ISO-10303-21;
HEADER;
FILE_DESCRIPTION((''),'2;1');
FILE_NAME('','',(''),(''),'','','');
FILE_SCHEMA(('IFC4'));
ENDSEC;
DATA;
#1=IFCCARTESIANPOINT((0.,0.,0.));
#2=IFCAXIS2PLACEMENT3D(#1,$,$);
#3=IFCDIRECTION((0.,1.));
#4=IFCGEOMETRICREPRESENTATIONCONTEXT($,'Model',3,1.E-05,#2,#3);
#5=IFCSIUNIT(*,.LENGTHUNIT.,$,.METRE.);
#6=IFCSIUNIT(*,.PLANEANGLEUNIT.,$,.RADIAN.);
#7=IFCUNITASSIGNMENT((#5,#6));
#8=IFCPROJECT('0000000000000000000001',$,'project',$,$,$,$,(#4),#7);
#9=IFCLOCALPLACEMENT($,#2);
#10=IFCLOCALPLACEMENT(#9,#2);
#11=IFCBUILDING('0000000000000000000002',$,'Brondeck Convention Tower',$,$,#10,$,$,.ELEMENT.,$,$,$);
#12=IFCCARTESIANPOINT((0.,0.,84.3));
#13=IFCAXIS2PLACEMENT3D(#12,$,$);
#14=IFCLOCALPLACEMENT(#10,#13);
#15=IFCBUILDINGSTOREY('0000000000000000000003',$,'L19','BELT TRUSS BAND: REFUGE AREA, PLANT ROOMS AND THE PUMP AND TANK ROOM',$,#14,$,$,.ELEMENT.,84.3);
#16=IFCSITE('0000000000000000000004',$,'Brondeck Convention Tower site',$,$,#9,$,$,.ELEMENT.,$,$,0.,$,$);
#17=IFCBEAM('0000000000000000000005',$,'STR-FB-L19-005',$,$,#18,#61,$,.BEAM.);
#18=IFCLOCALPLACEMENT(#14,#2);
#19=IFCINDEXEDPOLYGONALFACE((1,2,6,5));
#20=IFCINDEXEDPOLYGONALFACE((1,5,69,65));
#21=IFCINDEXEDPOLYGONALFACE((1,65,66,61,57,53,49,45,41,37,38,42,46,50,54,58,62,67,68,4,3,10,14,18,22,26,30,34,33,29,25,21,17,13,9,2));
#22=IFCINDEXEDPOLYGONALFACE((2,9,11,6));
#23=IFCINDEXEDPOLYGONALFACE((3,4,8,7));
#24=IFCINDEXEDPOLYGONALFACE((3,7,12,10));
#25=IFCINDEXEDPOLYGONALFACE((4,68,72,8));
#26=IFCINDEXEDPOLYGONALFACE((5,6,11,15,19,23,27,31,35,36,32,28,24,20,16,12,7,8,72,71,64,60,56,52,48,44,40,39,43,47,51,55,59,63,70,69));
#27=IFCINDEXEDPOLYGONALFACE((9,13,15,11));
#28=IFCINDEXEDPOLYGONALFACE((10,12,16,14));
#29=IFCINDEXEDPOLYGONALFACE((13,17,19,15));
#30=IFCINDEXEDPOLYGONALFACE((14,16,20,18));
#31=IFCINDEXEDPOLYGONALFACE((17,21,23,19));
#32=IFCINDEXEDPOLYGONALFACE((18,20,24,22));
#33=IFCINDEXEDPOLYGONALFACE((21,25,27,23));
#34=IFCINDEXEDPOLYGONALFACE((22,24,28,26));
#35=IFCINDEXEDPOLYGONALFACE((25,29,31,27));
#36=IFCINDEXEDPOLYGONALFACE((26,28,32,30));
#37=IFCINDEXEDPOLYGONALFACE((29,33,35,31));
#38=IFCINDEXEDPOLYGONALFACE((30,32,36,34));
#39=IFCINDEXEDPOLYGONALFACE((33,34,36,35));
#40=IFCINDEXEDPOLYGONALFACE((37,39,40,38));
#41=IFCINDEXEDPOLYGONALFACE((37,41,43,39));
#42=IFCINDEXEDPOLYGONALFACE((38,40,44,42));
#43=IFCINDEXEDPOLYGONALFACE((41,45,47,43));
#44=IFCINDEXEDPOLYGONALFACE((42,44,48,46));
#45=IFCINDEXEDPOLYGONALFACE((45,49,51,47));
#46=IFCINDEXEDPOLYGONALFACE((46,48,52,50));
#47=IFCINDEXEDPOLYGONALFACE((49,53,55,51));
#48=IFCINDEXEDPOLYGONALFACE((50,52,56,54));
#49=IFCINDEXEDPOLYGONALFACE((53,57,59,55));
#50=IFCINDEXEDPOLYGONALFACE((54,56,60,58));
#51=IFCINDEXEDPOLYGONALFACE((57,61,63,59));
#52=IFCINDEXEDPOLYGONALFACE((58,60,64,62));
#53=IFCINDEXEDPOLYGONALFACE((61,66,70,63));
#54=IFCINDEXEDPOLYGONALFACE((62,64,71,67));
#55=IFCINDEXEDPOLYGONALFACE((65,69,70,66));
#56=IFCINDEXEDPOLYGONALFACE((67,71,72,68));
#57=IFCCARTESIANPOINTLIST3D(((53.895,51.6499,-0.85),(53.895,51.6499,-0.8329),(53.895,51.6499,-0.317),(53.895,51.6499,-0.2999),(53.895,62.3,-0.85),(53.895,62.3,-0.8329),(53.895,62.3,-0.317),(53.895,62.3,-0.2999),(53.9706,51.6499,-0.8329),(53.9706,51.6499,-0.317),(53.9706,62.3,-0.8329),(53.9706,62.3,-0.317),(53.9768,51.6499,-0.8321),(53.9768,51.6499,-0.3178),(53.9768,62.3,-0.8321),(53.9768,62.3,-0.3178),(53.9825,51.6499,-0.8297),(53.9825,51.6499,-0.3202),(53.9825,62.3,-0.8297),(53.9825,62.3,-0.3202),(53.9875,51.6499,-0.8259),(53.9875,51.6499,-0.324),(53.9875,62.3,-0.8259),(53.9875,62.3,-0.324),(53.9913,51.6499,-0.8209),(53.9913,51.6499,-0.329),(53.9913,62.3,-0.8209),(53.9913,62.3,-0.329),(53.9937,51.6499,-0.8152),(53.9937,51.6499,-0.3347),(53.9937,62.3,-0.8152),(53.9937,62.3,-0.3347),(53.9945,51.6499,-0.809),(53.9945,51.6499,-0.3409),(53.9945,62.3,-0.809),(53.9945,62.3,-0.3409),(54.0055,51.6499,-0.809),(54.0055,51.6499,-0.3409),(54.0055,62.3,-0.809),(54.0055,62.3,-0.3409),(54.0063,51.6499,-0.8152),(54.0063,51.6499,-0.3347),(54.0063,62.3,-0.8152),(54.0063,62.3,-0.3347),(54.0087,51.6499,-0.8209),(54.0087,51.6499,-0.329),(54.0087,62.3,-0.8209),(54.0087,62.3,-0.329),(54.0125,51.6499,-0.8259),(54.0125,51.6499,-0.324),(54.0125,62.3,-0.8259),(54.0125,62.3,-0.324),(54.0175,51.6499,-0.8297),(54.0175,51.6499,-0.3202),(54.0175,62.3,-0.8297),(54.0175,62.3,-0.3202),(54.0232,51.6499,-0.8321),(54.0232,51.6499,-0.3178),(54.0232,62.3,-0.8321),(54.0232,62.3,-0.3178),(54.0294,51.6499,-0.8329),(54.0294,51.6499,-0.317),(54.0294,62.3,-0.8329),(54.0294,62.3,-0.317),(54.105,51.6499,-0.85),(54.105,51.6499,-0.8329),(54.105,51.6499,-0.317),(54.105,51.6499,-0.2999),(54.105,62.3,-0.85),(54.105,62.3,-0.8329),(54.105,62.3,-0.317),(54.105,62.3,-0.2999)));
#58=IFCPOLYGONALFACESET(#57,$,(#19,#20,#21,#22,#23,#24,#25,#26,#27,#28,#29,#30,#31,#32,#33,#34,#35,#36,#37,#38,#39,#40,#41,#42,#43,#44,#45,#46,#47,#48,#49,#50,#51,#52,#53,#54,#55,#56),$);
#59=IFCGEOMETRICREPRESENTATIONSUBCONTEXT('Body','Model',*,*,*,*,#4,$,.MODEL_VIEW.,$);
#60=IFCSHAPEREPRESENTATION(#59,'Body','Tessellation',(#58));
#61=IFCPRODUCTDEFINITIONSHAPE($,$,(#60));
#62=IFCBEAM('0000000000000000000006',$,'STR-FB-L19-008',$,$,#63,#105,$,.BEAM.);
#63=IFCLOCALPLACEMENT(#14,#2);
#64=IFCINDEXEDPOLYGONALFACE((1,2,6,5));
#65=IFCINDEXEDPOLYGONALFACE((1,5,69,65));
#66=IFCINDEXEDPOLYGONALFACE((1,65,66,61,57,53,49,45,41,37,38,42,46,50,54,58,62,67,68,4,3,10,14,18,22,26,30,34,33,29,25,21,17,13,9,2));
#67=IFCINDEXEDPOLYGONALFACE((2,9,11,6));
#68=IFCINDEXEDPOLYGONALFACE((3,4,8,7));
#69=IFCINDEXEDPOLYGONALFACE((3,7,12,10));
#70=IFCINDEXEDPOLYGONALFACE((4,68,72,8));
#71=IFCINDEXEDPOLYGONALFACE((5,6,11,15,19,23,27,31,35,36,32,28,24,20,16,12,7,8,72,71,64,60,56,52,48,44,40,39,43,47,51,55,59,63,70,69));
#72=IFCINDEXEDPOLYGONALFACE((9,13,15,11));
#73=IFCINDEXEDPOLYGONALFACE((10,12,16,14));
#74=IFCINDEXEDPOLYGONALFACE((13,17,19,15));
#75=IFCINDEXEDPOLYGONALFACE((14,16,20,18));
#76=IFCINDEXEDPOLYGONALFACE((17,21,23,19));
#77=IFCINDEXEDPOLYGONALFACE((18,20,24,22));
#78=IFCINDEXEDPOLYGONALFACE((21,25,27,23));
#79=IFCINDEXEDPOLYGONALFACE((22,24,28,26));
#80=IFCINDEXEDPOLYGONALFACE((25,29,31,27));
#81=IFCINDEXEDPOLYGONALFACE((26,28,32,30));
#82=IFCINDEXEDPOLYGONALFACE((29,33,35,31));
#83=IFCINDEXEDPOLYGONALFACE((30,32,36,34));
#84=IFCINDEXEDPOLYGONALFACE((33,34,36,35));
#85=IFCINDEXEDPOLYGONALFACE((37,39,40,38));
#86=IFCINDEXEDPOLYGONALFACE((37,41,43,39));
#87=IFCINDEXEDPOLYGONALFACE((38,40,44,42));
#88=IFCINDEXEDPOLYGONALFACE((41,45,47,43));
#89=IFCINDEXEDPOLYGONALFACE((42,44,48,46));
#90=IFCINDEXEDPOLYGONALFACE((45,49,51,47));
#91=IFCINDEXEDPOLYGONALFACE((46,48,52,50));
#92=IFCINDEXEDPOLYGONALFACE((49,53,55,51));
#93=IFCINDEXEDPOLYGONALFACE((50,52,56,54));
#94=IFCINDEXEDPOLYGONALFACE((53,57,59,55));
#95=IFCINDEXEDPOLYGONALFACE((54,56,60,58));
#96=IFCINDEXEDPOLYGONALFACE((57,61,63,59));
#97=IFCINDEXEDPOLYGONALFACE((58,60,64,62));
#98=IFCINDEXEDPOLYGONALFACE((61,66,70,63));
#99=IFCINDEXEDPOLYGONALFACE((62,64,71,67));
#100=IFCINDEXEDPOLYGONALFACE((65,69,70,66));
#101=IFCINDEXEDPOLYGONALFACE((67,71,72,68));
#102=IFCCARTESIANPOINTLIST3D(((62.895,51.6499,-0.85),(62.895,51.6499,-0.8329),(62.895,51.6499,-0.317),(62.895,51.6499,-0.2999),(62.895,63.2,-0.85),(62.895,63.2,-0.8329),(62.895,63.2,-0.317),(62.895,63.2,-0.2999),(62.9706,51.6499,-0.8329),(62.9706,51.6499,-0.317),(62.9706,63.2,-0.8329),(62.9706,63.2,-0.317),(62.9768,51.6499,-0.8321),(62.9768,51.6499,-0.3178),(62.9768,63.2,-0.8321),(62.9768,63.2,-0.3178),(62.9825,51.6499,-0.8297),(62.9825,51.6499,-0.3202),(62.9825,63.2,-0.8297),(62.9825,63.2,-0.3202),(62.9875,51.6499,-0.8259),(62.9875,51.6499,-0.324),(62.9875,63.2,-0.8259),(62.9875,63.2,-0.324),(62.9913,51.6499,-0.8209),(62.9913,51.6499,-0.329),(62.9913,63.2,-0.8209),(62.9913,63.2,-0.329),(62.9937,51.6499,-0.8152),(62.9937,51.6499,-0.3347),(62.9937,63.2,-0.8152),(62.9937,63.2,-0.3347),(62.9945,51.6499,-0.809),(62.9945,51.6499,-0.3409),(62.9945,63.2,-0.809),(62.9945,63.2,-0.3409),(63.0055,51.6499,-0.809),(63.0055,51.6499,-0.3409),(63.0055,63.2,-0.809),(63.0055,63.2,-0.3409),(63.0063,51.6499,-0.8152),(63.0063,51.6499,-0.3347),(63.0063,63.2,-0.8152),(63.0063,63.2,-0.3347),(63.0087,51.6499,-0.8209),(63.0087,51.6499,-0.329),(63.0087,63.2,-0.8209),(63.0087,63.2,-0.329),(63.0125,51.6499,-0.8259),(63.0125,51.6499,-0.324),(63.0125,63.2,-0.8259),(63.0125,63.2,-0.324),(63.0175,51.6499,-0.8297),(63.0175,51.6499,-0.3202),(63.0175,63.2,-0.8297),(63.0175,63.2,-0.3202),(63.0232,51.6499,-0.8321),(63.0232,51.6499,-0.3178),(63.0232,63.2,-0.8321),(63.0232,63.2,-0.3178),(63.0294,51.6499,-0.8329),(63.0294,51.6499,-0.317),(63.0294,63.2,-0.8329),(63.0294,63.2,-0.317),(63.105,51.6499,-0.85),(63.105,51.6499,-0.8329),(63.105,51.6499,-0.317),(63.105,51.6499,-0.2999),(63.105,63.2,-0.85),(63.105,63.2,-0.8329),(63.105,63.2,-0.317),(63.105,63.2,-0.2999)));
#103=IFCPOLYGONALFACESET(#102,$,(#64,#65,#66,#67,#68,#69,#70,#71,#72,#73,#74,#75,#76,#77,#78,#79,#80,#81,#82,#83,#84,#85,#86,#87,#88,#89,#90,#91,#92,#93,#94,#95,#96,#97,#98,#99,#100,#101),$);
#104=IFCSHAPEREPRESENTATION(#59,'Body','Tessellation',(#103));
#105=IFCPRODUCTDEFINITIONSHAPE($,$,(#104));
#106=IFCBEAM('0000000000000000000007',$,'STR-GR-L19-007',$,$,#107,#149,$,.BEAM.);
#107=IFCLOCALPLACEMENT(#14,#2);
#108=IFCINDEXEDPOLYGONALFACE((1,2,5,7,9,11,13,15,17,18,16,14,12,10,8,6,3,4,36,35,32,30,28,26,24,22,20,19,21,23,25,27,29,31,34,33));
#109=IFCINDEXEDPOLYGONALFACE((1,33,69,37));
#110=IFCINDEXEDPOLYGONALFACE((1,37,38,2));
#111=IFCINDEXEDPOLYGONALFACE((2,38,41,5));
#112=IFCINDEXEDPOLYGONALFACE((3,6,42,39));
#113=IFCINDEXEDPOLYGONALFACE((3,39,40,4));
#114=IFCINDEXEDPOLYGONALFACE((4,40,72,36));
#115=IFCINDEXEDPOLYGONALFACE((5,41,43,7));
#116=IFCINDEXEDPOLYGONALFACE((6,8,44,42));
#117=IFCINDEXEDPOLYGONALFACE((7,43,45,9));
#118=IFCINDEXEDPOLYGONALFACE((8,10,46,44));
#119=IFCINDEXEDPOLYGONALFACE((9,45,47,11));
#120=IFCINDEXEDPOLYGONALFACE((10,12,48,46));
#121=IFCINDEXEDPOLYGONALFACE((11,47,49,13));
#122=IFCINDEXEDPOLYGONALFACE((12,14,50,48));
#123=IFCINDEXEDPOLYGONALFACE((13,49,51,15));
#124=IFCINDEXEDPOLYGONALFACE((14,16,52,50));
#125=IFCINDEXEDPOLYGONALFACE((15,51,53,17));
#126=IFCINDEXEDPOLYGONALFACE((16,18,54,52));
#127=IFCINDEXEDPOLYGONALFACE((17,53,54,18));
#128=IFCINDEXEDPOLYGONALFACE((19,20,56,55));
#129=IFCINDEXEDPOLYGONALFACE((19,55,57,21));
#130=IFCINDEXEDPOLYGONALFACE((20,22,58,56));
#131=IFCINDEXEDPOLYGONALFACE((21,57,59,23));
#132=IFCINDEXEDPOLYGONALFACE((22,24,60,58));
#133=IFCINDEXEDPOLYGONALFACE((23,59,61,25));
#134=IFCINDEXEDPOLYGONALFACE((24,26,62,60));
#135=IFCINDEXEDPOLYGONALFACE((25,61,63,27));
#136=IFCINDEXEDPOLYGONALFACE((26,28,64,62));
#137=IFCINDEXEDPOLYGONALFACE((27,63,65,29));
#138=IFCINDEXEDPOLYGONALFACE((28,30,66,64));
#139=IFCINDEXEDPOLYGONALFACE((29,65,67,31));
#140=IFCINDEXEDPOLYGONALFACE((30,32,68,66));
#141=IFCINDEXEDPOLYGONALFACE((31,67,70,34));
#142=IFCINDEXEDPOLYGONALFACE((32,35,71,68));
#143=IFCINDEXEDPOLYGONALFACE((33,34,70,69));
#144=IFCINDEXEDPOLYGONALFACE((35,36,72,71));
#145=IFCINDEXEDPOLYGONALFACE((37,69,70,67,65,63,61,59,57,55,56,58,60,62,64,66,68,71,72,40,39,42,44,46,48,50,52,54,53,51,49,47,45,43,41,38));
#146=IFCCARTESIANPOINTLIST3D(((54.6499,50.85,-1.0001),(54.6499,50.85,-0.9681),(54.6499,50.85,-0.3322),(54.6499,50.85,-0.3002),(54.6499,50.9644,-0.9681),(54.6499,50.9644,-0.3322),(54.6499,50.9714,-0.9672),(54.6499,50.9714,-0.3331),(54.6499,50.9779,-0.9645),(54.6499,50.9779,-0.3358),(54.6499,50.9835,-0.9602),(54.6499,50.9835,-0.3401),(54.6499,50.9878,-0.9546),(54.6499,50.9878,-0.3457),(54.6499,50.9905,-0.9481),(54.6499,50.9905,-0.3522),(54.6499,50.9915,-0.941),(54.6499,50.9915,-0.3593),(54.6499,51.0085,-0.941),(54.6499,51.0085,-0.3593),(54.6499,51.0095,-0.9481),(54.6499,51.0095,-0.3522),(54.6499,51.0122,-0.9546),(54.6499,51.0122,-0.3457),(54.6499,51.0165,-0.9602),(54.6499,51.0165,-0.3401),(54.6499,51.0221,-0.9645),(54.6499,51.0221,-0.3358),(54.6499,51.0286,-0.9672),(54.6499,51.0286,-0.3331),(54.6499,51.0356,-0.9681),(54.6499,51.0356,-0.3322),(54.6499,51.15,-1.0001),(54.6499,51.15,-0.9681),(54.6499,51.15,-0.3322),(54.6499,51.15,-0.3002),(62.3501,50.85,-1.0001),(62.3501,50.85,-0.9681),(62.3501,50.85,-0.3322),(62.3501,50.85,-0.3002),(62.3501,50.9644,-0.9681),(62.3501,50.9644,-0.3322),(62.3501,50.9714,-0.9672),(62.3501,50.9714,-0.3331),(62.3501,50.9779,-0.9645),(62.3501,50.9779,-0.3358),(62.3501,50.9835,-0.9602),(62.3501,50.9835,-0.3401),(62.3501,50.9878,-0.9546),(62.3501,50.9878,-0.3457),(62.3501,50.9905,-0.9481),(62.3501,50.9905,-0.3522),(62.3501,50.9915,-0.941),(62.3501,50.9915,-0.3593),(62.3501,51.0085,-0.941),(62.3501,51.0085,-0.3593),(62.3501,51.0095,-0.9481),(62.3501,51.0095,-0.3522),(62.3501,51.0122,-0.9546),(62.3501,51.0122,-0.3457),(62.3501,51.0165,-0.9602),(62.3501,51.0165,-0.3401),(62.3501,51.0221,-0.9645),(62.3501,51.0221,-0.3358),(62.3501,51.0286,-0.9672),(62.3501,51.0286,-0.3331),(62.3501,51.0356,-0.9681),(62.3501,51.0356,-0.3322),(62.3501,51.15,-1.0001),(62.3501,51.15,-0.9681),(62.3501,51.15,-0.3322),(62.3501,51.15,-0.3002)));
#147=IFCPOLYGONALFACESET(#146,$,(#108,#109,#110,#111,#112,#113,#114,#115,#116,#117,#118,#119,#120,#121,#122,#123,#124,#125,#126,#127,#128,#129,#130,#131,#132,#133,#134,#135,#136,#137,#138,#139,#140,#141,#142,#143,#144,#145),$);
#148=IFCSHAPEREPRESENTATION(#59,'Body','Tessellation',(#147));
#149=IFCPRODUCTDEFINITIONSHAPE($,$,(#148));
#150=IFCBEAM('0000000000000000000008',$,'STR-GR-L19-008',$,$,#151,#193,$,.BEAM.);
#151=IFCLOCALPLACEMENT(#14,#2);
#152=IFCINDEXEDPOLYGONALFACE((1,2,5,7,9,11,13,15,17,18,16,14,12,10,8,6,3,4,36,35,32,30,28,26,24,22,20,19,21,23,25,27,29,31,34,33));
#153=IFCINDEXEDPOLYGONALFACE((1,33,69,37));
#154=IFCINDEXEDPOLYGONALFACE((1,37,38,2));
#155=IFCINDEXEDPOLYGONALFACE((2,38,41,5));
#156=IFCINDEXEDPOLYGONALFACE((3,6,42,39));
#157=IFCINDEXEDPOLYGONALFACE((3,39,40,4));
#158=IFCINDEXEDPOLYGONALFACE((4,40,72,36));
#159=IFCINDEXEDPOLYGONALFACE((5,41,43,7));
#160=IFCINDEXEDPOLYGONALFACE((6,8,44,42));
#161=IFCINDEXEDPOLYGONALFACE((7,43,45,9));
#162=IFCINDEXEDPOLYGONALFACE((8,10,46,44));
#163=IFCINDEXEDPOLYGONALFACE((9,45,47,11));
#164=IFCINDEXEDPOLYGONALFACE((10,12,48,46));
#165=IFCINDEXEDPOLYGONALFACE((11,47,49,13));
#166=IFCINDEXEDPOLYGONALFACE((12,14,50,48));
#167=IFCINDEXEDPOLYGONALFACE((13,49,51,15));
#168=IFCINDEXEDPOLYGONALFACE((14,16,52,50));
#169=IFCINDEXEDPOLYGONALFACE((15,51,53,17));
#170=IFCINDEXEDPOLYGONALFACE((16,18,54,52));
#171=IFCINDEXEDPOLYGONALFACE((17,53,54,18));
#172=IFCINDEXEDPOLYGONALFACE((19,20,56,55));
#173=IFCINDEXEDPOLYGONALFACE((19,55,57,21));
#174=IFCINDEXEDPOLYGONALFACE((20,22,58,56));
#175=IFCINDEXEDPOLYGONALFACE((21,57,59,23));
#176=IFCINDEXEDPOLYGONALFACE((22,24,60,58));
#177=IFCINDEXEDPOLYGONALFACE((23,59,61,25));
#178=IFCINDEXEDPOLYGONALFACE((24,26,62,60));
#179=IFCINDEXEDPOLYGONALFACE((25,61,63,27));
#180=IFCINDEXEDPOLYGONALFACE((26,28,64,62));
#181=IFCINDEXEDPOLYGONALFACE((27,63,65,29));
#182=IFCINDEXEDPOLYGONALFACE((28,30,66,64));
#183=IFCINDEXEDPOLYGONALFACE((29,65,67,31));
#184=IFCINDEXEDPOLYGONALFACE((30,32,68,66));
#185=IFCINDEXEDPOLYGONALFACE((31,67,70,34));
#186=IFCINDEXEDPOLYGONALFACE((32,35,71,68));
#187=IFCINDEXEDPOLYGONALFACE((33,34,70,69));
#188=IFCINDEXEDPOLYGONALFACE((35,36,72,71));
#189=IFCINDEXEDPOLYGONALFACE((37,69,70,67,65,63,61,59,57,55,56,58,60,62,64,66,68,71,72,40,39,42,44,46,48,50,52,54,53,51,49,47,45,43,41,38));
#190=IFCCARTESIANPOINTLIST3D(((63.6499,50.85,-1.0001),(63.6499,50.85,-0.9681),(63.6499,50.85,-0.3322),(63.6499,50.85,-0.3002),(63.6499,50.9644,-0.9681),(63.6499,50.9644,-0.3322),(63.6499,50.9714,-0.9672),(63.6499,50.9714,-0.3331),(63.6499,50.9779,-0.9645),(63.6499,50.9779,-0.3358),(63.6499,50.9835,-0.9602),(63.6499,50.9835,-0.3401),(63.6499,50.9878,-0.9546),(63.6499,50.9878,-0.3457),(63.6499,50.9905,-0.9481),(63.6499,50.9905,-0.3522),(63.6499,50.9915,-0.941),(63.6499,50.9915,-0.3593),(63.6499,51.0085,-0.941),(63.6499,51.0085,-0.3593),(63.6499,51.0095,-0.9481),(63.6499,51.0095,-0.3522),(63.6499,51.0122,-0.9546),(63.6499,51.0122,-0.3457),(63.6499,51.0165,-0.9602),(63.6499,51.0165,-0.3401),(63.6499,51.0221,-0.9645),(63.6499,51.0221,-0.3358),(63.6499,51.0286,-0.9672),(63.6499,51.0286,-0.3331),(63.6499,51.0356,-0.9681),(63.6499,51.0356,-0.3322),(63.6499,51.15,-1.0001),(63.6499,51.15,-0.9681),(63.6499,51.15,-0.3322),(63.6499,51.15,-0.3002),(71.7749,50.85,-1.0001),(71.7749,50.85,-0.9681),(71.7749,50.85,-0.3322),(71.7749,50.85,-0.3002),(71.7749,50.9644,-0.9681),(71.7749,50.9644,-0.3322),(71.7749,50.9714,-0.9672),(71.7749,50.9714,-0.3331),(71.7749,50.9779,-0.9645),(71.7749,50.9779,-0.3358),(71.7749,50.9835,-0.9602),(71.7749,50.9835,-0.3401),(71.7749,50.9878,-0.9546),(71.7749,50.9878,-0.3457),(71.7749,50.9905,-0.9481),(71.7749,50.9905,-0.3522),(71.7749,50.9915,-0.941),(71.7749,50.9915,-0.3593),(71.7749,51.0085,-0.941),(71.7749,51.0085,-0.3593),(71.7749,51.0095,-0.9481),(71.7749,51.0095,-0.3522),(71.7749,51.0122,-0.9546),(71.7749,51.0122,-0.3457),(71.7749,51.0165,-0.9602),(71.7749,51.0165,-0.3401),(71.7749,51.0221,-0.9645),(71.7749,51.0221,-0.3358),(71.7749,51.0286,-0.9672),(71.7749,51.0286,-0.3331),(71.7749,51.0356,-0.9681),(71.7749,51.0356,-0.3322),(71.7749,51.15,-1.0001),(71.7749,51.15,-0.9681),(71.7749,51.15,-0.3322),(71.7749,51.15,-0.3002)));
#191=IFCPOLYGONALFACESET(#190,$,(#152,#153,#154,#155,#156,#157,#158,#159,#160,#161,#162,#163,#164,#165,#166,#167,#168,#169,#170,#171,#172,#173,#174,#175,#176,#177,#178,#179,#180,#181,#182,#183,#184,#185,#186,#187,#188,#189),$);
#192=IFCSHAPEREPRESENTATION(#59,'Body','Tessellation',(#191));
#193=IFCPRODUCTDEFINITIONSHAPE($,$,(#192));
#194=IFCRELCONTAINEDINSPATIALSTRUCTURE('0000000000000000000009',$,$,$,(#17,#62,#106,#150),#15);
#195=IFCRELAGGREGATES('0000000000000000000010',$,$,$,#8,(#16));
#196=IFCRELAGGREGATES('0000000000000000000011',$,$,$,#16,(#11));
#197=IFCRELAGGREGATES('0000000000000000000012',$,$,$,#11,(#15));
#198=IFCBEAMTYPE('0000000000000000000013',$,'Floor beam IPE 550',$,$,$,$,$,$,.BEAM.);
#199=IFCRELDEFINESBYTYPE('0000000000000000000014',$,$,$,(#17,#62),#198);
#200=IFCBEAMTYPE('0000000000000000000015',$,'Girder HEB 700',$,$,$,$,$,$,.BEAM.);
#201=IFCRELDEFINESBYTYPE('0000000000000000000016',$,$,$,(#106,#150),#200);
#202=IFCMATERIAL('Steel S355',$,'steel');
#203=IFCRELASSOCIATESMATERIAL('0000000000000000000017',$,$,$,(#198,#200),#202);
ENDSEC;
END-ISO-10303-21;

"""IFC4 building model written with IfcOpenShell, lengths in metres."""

from ifc_helpers import new_model, si_unit, direction, frame, origin, origin_2d, place, context, subcontext, project, spatial, i_section, extrude, material, material_profile, profile_set, type_object, element, save


model = new_model("IFC4")

# Units and contexts
model_context = context("Model", 3, precision=1e-05, world=origin(), true_north=direction((0.0, 1.0)))
body_context = subcontext(model_context, "Body", "Model", "MODEL_VIEW")
ifc_project = project(units=[si_unit("LENGTHUNIT", "METRE"), si_unit("PLANEANGLEUNIT", "RADIAN")], contexts=[model_context])

# Site, building, storey
site_placement = place(None, origin())
site = spatial("IfcSite", under=ifc_project, at=site_placement, Name="Brondeck Convention Tower site", CompositionType="ELEMENT", RefElevation=0.0)
building_placement = place(site_placement, origin())
building = spatial("IfcBuilding", under=site, at=building_placement, Name="Brondeck Convention Tower", CompositionType="ELEMENT")
storey_placement = place(building_placement, frame((0.0, 0.0, 84.3)))
storey = spatial("IfcBuildingStorey", under=building, at=storey_placement, Name="L19", Description="BELT TRUSS BAND: REFUGE AREA, PLANT ROOMS AND THE PUMP AND TANK ROOM", CompositionType="ELEMENT", Elevation=84.3)

# Beams
ifc_material_1 = material(Name="Steel S355", Category="steel")
ifc_material_profile_1 = material_profile(ifc_material_1, i_section(OverallWidth=0.21, OverallDepth=0.55, WebThickness=0.011, FlangeThickness=0.0171, FilletRadius=0.0239, at=origin_2d()), Name="IPE 550")
ifc_profile_set_1 = profile_set([ifc_material_profile_1], Name="Steel S355")
beam_type_1 = type_object("IfcBeamType", Name="Floor beam IPE 550", PredefinedType="BEAM", material=ifc_profile_set_1)
beam_1_placement = place(storey_placement, frame((54.0, 51.6499, -0.575), z_axis=(0.0, 1.0, 0.0), x_axis=(-1.0, 0.0, 0.0)))
element("IfcBeam", 1, at=beam_1_placement, inside=storey, type_object=beam_type_1, Name="STR-FB-L19-005", PredefinedType="BEAM", context=body_context, shape_type="SweptSolid", body=[
    extrude(i_section(OverallWidth=0.21, OverallDepth=0.55, WebThickness=0.011, FlangeThickness=0.0171, FilletRadius=0.0239, at=origin_2d()), origin(), (0.0, 0.0, 1.0), 10.6501),
])
beam_2_placement = place(storey_placement, frame((63.0, 51.6499, -0.575), z_axis=(0.0, 1.0, 0.0), x_axis=(-1.0, 0.0, 0.0)))
element("IfcBeam", 2, at=beam_2_placement, inside=storey, type_object=beam_type_1, Name="STR-FB-L19-008", PredefinedType="BEAM", context=body_context, shape_type="SweptSolid", body=[
    extrude(i_section(OverallWidth=0.21, OverallDepth=0.55, WebThickness=0.011, FlangeThickness=0.0171, FilletRadius=0.0239, at=origin_2d()), origin(), (0.0, 0.0, 1.0), 11.55),
])
ifc_material_profile_2 = material_profile(ifc_material_1, i_section(OverallWidth=0.3, OverallDepth=0.7, WebThickness=0.0171, FlangeThickness=0.032, FilletRadius=0.0271, at=origin_2d()), Name="HEB 700")
ifc_profile_set_2 = profile_set([ifc_material_profile_2], Name="Steel S355")
beam_type_2 = type_object("IfcBeamType", Name="Girder HEB 700", PredefinedType="BEAM", material=ifc_profile_set_2)
beam_3_placement = place(storey_placement, frame((54.6499, 51.0, -0.6501), z_axis=(1.0, 0.0, 0.0), x_axis=(0.0, 1.0, 0.0)))
element("IfcBeam", 3, at=beam_3_placement, inside=storey, type_object=beam_type_2, Name="STR-GR-L19-007", PredefinedType="BEAM", context=body_context, shape_type="SweptSolid", body=[
    extrude(i_section(OverallWidth=0.3, OverallDepth=0.7, WebThickness=0.0171, FlangeThickness=0.032, FilletRadius=0.0271, at=origin_2d()), origin(), (0.0, 0.0, 1.0), 7.7002),
])
beam_4_placement = place(storey_placement, frame((63.6499, 51.0, -0.6501), z_axis=(1.0, 0.0, 0.0), x_axis=(0.0, 1.0, 0.0)))
element("IfcBeam", 4, at=beam_4_placement, inside=storey, type_object=beam_type_2, Name="STR-GR-L19-008", PredefinedType="BEAM", context=body_context, shape_type="SweptSolid", body=[
    extrude(i_section(OverallWidth=0.3, OverallDepth=0.7, WebThickness=0.0171, FlangeThickness=0.032, FilletRadius=0.0271, at=origin_2d()), origin(), (0.0, 0.0, 1.0), 8.125),
])

save(model, "model.ifc")
